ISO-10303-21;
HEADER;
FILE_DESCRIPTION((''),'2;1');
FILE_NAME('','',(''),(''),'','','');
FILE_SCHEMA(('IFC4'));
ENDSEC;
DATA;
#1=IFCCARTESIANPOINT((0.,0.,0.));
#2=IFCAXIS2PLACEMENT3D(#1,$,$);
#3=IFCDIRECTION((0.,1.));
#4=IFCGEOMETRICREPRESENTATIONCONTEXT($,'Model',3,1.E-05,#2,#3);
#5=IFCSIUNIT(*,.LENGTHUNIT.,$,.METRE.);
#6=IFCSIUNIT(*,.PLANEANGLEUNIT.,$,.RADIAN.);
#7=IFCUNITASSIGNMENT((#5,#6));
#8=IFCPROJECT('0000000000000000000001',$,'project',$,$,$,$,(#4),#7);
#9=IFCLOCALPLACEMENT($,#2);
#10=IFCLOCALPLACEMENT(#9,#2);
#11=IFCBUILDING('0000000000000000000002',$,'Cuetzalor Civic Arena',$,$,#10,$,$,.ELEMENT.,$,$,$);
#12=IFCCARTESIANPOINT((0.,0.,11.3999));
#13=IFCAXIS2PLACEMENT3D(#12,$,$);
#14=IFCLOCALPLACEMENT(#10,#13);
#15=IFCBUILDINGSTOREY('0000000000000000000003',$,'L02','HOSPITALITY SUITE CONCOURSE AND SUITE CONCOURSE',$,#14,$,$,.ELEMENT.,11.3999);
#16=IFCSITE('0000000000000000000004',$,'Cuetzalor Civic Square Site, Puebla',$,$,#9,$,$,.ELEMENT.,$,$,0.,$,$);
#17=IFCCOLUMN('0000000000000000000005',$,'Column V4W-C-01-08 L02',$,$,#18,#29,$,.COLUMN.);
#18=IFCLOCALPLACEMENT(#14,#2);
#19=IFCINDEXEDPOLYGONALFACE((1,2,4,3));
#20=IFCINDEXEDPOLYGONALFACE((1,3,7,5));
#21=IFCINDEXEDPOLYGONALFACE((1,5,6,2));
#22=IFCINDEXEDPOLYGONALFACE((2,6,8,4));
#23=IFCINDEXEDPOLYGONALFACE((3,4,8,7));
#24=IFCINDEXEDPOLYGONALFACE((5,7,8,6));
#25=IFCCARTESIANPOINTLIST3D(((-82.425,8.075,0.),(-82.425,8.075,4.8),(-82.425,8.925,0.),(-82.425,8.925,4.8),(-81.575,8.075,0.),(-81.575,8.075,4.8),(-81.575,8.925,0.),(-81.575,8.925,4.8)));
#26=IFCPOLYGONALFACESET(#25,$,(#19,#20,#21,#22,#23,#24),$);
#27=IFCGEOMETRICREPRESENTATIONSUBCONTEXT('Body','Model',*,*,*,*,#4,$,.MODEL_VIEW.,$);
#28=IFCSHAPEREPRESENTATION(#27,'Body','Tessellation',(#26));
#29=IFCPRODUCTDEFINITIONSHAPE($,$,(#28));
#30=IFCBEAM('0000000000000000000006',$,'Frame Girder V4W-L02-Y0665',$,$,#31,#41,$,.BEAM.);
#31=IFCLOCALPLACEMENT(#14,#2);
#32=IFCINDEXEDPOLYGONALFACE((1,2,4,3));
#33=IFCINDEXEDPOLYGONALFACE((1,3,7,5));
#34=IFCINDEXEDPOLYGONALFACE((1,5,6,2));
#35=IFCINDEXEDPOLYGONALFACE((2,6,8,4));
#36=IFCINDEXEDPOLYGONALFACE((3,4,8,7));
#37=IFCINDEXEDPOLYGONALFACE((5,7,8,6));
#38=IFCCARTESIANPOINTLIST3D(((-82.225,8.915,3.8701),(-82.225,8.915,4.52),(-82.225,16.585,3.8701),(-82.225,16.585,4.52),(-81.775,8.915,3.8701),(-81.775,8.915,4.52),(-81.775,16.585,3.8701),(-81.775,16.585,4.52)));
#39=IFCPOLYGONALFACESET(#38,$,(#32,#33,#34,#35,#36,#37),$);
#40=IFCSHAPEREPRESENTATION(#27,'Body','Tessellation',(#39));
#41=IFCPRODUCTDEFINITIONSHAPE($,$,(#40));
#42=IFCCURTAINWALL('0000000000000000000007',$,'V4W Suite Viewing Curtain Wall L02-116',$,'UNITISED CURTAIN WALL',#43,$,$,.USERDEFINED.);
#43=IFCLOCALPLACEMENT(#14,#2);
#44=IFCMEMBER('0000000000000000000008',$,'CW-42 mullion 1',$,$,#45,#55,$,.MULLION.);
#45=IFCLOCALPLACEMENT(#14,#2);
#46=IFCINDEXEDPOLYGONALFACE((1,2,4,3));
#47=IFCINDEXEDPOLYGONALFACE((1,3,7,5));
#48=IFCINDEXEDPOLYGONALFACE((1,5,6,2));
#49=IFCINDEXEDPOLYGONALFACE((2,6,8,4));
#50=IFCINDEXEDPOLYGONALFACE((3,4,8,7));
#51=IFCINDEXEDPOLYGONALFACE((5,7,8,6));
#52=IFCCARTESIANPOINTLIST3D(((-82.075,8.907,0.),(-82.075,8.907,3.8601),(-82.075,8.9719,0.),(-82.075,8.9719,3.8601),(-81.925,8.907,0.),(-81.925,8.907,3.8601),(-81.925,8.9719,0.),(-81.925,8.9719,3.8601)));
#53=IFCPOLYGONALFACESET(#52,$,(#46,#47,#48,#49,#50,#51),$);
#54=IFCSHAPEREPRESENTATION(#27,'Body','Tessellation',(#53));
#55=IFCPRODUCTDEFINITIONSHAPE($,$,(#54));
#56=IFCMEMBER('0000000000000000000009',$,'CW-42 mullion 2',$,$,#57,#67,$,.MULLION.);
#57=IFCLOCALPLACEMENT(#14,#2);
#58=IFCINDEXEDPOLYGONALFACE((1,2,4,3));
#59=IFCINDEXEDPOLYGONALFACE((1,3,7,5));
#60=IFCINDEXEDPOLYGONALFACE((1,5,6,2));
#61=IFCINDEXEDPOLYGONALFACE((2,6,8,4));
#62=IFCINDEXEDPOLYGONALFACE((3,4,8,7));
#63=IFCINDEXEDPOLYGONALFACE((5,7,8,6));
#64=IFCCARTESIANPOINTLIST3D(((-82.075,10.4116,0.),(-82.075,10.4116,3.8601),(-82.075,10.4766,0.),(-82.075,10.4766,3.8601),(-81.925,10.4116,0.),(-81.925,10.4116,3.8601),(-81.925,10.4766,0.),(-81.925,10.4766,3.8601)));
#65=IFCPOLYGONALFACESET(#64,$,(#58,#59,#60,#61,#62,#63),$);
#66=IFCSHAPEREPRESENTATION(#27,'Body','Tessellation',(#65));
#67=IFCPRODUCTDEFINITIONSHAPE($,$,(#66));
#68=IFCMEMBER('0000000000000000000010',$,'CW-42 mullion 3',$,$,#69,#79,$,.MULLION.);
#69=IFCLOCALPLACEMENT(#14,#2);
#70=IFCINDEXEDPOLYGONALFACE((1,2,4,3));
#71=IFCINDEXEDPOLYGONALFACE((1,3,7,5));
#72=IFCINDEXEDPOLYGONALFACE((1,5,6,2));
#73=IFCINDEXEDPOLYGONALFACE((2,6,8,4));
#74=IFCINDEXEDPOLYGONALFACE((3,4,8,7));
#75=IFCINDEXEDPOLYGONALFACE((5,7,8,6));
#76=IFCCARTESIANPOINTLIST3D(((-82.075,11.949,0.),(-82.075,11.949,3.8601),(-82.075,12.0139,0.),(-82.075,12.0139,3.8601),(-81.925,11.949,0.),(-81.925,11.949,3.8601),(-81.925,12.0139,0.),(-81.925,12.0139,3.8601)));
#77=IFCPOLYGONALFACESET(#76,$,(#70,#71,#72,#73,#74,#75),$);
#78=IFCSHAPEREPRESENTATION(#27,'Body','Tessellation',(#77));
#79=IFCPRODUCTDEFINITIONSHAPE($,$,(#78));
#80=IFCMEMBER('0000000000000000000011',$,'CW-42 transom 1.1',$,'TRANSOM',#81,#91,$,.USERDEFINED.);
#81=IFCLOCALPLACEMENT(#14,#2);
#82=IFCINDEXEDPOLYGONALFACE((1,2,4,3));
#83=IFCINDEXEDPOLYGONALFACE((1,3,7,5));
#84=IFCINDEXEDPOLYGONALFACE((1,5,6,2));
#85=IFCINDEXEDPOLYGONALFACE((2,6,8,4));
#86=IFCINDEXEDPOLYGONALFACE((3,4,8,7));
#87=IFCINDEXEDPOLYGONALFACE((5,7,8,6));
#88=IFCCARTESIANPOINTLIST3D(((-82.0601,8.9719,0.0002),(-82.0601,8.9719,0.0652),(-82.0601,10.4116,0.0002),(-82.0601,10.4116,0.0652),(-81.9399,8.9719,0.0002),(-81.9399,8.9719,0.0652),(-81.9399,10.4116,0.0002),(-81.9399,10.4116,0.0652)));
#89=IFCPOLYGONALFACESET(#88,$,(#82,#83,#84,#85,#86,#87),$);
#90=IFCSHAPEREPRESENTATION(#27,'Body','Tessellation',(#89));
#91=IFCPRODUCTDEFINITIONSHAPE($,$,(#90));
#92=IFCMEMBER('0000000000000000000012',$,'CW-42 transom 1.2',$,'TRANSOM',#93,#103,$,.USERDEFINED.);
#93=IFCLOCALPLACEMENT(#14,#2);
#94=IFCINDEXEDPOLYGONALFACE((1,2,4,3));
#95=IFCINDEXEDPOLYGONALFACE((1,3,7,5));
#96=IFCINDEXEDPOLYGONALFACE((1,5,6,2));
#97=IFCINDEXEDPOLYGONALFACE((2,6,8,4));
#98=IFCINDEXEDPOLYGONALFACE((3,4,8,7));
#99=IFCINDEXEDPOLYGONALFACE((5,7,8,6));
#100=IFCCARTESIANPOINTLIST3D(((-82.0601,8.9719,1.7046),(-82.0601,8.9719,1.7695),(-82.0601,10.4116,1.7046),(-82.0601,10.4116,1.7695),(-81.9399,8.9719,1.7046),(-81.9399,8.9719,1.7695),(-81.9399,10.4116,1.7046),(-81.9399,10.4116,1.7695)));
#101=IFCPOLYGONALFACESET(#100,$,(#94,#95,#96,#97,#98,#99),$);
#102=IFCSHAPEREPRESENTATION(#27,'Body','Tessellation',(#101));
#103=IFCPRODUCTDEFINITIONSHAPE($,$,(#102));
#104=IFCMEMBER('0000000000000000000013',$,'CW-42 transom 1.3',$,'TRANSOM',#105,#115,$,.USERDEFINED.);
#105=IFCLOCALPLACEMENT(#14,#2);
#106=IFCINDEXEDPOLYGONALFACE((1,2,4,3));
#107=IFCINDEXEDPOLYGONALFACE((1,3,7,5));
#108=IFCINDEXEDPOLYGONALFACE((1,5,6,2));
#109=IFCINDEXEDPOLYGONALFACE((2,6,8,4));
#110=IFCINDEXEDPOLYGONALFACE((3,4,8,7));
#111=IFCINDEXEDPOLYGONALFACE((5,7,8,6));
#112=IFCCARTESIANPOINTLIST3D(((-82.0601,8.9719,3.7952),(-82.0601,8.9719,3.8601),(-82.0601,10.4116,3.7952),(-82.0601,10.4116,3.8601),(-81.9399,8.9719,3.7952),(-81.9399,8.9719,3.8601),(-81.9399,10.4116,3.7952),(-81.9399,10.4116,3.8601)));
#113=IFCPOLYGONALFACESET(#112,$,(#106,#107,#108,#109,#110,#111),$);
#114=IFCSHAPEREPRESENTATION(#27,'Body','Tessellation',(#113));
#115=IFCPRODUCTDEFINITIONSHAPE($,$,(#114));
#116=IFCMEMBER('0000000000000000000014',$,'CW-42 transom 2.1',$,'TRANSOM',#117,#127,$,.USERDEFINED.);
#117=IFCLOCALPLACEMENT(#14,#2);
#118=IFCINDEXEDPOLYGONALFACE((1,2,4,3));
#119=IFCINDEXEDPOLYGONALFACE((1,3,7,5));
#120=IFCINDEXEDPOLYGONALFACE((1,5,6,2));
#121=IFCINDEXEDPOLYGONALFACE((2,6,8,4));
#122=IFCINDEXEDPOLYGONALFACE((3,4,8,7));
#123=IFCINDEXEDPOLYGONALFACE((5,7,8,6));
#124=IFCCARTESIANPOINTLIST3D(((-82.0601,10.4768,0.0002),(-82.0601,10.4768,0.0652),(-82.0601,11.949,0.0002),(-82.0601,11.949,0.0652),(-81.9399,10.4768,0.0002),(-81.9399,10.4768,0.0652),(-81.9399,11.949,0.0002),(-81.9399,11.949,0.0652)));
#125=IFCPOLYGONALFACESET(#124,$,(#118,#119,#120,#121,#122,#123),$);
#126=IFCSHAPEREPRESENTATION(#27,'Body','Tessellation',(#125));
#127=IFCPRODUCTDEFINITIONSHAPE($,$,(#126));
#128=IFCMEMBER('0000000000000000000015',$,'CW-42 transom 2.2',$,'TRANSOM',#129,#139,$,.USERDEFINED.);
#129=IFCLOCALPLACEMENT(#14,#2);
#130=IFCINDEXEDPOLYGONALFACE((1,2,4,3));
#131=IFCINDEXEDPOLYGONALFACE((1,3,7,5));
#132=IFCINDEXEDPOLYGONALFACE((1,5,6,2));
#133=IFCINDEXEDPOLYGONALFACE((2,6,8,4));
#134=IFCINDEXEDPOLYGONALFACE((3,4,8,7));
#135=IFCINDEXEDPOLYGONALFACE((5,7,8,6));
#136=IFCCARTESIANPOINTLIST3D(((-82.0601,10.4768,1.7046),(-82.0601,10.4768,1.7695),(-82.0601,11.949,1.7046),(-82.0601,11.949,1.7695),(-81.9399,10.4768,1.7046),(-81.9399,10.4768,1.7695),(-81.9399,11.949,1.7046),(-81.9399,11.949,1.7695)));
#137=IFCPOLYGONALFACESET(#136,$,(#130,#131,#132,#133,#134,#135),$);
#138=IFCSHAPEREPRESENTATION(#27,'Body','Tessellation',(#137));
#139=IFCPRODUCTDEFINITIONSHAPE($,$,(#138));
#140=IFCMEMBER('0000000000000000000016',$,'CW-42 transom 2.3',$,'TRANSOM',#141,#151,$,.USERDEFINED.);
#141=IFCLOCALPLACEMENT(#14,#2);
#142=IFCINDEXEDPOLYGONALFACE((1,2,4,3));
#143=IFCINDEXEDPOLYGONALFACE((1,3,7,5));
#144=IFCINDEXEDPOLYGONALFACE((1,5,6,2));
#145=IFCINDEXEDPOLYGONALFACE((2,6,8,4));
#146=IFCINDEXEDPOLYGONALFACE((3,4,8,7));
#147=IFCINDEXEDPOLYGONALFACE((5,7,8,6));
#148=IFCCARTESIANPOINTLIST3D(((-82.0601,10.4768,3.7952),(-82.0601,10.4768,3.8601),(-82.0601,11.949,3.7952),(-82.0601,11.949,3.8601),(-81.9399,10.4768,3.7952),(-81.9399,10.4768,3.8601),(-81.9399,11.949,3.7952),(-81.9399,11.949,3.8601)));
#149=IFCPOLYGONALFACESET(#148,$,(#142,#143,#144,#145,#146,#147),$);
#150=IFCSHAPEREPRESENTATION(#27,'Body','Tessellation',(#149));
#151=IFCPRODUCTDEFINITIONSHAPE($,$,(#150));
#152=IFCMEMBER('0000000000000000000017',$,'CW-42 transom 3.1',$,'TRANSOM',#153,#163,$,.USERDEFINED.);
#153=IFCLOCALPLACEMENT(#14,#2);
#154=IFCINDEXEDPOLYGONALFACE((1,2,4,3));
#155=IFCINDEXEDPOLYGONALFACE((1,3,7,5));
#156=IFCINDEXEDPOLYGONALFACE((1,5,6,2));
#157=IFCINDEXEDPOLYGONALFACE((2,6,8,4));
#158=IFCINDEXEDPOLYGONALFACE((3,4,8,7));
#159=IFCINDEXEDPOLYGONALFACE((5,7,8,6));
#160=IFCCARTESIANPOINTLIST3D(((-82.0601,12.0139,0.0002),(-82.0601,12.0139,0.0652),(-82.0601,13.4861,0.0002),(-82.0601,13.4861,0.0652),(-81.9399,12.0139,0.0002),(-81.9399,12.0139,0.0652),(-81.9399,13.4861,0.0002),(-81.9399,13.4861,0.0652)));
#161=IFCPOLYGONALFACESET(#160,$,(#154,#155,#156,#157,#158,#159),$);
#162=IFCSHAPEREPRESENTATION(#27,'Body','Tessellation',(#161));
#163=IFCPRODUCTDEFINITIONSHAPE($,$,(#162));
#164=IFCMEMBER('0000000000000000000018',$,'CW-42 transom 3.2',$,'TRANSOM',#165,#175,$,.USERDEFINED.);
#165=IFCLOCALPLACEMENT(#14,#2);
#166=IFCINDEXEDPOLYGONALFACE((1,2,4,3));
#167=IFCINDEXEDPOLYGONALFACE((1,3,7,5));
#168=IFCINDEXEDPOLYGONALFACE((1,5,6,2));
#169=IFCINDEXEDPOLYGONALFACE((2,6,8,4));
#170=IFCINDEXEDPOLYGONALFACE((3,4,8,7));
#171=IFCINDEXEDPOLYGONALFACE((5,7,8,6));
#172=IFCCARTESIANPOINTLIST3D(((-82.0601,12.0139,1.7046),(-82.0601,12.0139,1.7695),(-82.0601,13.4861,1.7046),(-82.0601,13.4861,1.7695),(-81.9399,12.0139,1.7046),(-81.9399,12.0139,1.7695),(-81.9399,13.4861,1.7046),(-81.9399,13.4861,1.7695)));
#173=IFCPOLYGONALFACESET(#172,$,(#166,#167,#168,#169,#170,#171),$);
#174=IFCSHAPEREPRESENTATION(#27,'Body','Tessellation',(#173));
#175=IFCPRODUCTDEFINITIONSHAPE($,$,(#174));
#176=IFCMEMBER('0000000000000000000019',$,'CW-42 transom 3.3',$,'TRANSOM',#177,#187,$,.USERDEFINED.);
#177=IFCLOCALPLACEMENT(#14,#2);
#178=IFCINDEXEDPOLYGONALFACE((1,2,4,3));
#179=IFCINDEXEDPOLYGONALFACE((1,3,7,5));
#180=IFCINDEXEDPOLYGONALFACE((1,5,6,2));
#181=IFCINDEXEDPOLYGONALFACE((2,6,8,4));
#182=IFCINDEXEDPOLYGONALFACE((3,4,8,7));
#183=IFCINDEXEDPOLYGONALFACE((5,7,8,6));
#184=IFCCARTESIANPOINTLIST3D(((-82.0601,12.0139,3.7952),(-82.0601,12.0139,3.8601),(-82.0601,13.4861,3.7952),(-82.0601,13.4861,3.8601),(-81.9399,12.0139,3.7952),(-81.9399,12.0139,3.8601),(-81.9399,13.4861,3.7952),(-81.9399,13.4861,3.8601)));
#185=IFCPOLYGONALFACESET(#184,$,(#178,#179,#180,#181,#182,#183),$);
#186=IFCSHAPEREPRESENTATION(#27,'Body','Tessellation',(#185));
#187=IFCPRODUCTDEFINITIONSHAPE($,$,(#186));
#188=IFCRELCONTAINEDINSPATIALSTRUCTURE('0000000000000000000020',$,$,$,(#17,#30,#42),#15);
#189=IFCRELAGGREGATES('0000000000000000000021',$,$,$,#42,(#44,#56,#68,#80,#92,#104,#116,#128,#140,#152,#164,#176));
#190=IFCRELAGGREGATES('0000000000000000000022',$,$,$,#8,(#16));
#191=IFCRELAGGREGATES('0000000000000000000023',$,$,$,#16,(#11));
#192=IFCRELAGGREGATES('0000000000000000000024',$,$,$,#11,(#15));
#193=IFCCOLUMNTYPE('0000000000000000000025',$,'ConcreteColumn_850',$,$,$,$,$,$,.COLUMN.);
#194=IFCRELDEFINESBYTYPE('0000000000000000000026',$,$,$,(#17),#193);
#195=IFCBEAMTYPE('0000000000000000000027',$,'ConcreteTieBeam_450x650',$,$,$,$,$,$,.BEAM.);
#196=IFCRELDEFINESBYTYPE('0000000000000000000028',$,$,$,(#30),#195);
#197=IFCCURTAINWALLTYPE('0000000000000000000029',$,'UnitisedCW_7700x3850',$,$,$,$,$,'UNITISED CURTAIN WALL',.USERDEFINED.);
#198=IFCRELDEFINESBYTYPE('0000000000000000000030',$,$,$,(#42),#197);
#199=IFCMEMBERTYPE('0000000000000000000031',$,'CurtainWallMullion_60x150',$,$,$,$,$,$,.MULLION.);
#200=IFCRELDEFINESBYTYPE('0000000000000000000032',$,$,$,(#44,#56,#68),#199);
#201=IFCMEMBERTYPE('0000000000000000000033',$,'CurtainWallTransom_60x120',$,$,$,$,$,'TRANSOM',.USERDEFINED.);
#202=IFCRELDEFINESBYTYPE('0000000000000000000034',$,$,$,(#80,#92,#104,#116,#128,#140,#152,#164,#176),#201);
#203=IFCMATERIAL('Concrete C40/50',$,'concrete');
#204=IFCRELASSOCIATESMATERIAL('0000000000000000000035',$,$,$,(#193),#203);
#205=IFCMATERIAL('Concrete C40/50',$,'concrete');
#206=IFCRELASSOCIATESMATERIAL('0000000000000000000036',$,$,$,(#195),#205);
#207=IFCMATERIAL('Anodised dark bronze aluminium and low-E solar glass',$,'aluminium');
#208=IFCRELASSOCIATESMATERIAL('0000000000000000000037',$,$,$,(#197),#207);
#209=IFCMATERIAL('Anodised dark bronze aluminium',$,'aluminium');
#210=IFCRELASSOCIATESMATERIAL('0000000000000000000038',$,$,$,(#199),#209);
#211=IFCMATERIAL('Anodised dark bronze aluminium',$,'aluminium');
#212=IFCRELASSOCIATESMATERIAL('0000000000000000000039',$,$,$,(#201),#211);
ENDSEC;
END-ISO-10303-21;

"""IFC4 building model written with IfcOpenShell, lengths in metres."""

from ifc_helpers import new_model, si_unit, direction, frame, origin, origin_2d, place, context, subcontext, project, spatial, rectangle, extrude, material, material_profile, profile_set, type_object, element, aggregate, save


model = new_model("IFC4")

# Units and contexts
model_context = context("Model", 3, precision=1e-05, world=origin(), true_north=direction((0.0, 1.0)))
body_context = subcontext(model_context, "Body", "Model", "MODEL_VIEW")
ifc_project = project(units=[si_unit("LENGTHUNIT", "METRE"), si_unit("PLANEANGLEUNIT", "RADIAN")], contexts=[model_context])

# Site, building, storey
site_placement = place(None, origin())
site = spatial("IfcSite", under=ifc_project, at=site_placement, Name="Cuetzalor Civic Square Site, Puebla", CompositionType="ELEMENT", RefElevation=0.0)
building_placement = place(site_placement, origin())
building = spatial("IfcBuilding", under=site, at=building_placement, Name="Cuetzalor Civic Arena", CompositionType="ELEMENT")
storey_placement = place(building_placement, frame((0.0, 0.0, 11.3999)))
storey = spatial("IfcBuildingStorey", under=building, at=storey_placement, Name="L02", Description="HOSPITALITY SUITE CONCOURSE AND SUITE CONCOURSE", CompositionType="ELEMENT", Elevation=11.3999)

# Column
ifc_material_1 = material(Name="Concrete C40/50", Category="concrete")
ifc_material_profile_1 = material_profile(ifc_material_1, rectangle(XDim=0.8501, YDim=0.8501, at=origin_2d()), Name="RC 850x850")
ifc_profile_set_1 = profile_set([ifc_material_profile_1], Name="Concrete C40/50")
column_type = type_object("IfcColumnType", Name="ConcreteColumn_850", PredefinedType="COLUMN", material=ifc_profile_set_1)
column_placement = place(storey_placement, frame((-82.0, 8.5, 0.0), z_axis=(0.0, 0.0, 1.0), x_axis=(1.0, 0.0, 0.0)))
element("IfcColumn", 1, at=column_placement, inside=storey, type_object=column_type, Name="Column V4W-C-01-08 L02", PredefinedType="COLUMN", context=body_context, shape_type="SweptSolid", body=[
    extrude(rectangle(XDim=0.8501, YDim=0.8501, at=origin_2d()), origin(), (0.0, 0.0, 1.0), 4.8),
])

# Beam
ifc_material_2 = material(Name="Concrete C40/50", Category="concrete")
ifc_material_profile_2 = material_profile(ifc_material_2, rectangle(XDim=0.45, YDim=0.6499, at=origin_2d()), Name="RC 450x650")
ifc_profile_set_2 = profile_set([ifc_material_profile_2], Name="Concrete C40/50")
beam_type = type_object("IfcBeamType", Name="ConcreteTieBeam_450x650", PredefinedType="BEAM", material=ifc_profile_set_2)
beam_placement = place(storey_placement, frame((-82.0, 8.915, 4.1951), z_axis=(0.0, 1.0, 0.0), x_axis=(-1.0, 0.0, 0.0)))
element("IfcBeam", 2, at=beam_placement, inside=storey, type_object=beam_type, Name="Frame Girder V4W-L02-Y0665", PredefinedType="BEAM", context=body_context, shape_type="SweptSolid", body=[
    extrude(rectangle(XDim=0.45, YDim=0.6499, at=origin_2d()), origin(), (0.0, 0.0, 1.0), 7.6699),
])

# Curtain wall, members
ifc_material_3 = material(Name="Anodised dark bronze aluminium and low-E solar glass", Category="aluminium")
curtain_wall_type = type_object("IfcCurtainWallType", Name="UnitisedCW_7700x3850", ElementType="UNITISED CURTAIN WALL", PredefinedType="USERDEFINED", material=ifc_material_3)
curtain_wall_placement = place(storey_placement, origin())
curtain_wall = element("IfcCurtainWall", 3, at=curtain_wall_placement, inside=storey, type_object=curtain_wall_type, Name="V4W Suite Viewing Curtain Wall L02-116", ObjectType="UNITISED CURTAIN WALL", PredefinedType="USERDEFINED")
ifc_material_4 = material(Name="Anodised dark bronze aluminium", Category="aluminium")
ifc_material_profile_3 = material_profile(ifc_material_4, rectangle(XDim=0.0649, YDim=0.1499, at=origin_2d()), Name="ALU MULLION 65x150")
ifc_profile_set_3 = profile_set([ifc_material_profile_3], Name="Anodised dark bronze aluminium")
member_type_1 = type_object("IfcMemberType", Name="CurtainWallMullion_60x150", PredefinedType="MULLION", material=ifc_profile_set_3)
member_1_placement = place(storey_placement, frame((-82.0, 8.9395, 0.0), z_axis=(0.0, 0.0, 1.0), x_axis=(0.0, 1.0, 0.0)))
member_1 = element("IfcMember", 4, at=member_1_placement, type_object=member_type_1, Name="CW-42 mullion 1", PredefinedType="MULLION", context=body_context, shape_type="SweptSolid", body=[
    extrude(rectangle(XDim=0.0649, YDim=0.1499, at=origin_2d()), origin(), (0.0, 0.0, 1.0), 3.8601),
])
member_2_placement = place(storey_placement, frame((-82.0, 10.4441, 0.0), z_axis=(0.0, 0.0, 1.0), x_axis=(0.0, 1.0, 0.0)))
member_2 = element("IfcMember", 5, at=member_2_placement, type_object=member_type_1, Name="CW-42 mullion 2", PredefinedType="MULLION", context=body_context, shape_type="SweptSolid", body=[
    extrude(rectangle(XDim=0.0649, YDim=0.1499, at=origin_2d()), origin(), (0.0, 0.0, 1.0), 3.8601),
])
member_3_placement = place(storey_placement, frame((-82.0, 11.9814, 0.0), z_axis=(0.0, 0.0, 1.0), x_axis=(0.0, 1.0, 0.0)))
member_3 = element("IfcMember", 6, at=member_3_placement, type_object=member_type_1, Name="CW-42 mullion 3", PredefinedType="MULLION", context=body_context, shape_type="SweptSolid", body=[
    extrude(rectangle(XDim=0.0649, YDim=0.1499, at=origin_2d()), origin(), (0.0, 0.0, 1.0), 3.8601),
])
ifc_material_5 = material(Name="Anodised dark bronze aluminium", Category="aluminium")
ifc_material_profile_4 = material_profile(ifc_material_5, rectangle(XDim=0.1201, YDim=0.0649, at=origin_2d()), Name="ALU TRANSOM 65x120")
ifc_profile_set_4 = profile_set([ifc_material_profile_4], Name="Anodised dark bronze aluminium")
member_type_2 = type_object("IfcMemberType", Name="CurtainWallTransom_60x120", ElementType="TRANSOM", PredefinedType="USERDEFINED", material=ifc_profile_set_4)
member_4_placement = place(storey_placement, frame((-82.0, 8.9719, 0.0327), z_axis=(0.0, 1.0, 0.0), x_axis=(-1.0, 0.0, 0.0)))
member_4 = element("IfcMember", 7, at=member_4_placement, type_object=member_type_2, Name="CW-42 transom 1.1", ObjectType="TRANSOM", PredefinedType="USERDEFINED", context=body_context, shape_type="SweptSolid", body=[
    extrude(rectangle(XDim=0.1201, YDim=0.0649, at=origin_2d()), origin(), (0.0, 0.0, 1.0), 1.4397),
])
member_5_placement = place(storey_placement, frame((-82.0, 8.9719, 1.7371), z_axis=(0.0, 1.0, 0.0), x_axis=(-1.0, 0.0, 0.0)))
member_5 = element("IfcMember", 8, at=member_5_placement, type_object=member_type_2, Name="CW-42 transom 1.2", ObjectType="TRANSOM", PredefinedType="USERDEFINED", context=body_context, shape_type="SweptSolid", body=[
    extrude(rectangle(XDim=0.1201, YDim=0.0649, at=origin_2d()), origin(), (0.0, 0.0, 1.0), 1.4397),
])
member_6_placement = place(storey_placement, frame((-82.0, 8.9719, 3.8276), z_axis=(0.0, 1.0, 0.0), x_axis=(-1.0, 0.0, 0.0)))
member_6 = element("IfcMember", 9, at=member_6_placement, type_object=member_type_2, Name="CW-42 transom 1.3", ObjectType="TRANSOM", PredefinedType="USERDEFINED", context=body_context, shape_type="SweptSolid", body=[
    extrude(rectangle(XDim=0.1201, YDim=0.0649, at=origin_2d()), origin(), (0.0, 0.0, 1.0), 1.4397),
])
member_7_placement = place(storey_placement, frame((-82.0, 10.4768, 0.0327), z_axis=(0.0, 1.0, 0.0), x_axis=(-1.0, 0.0, 0.0)))
member_7 = element("IfcMember", 10, at=member_7_placement, type_object=member_type_2, Name="CW-42 transom 2.1", ObjectType="TRANSOM", PredefinedType="USERDEFINED", context=body_context, shape_type="SweptSolid", body=[
    extrude(rectangle(XDim=0.1201, YDim=0.0649, at=origin_2d()), origin(), (0.0, 0.0, 1.0), 1.4722),
])
member_8_placement = place(storey_placement, frame((-82.0, 10.4768, 1.7371), z_axis=(0.0, 1.0, 0.0), x_axis=(-1.0, 0.0, 0.0)))
member_8 = element("IfcMember", 11, at=member_8_placement, type_object=member_type_2, Name="CW-42 transom 2.2", ObjectType="TRANSOM", PredefinedType="USERDEFINED", context=body_context, shape_type="SweptSolid", body=[
    extrude(rectangle(XDim=0.1201, YDim=0.0649, at=origin_2d()), origin(), (0.0, 0.0, 1.0), 1.4722),
])
member_9_placement = place(storey_placement, frame((-82.0, 10.4768, 3.8276), z_axis=(0.0, 1.0, 0.0), x_axis=(-1.0, 0.0, 0.0)))
member_9 = element("IfcMember", 12, at=member_9_placement, type_object=member_type_2, Name="CW-42 transom 2.3", ObjectType="TRANSOM", PredefinedType="USERDEFINED", context=body_context, shape_type="SweptSolid", body=[
    extrude(rectangle(XDim=0.1201, YDim=0.0649, at=origin_2d()), origin(), (0.0, 0.0, 1.0), 1.4722),
])
member_10_placement = place(storey_placement, frame((-82.0, 12.0139, 0.0327), z_axis=(0.0, 1.0, 0.0), x_axis=(-1.0, 0.0, 0.0)))
member_10 = element("IfcMember", 13, at=member_10_placement, type_object=member_type_2, Name="CW-42 transom 3.1", ObjectType="TRANSOM", PredefinedType="USERDEFINED", context=body_context, shape_type="SweptSolid", body=[
    extrude(rectangle(XDim=0.1201, YDim=0.0649, at=origin_2d()), origin(), (0.0, 0.0, 1.0), 1.4722),
])
member_11_placement = place(storey_placement, frame((-82.0, 12.0139, 1.7371), z_axis=(0.0, 1.0, 0.0), x_axis=(-1.0, 0.0, 0.0)))
member_11 = element("IfcMember", 14, at=member_11_placement, type_object=member_type_2, Name="CW-42 transom 3.2", ObjectType="TRANSOM", PredefinedType="USERDEFINED", context=body_context, shape_type="SweptSolid", body=[
    extrude(rectangle(XDim=0.1201, YDim=0.0649, at=origin_2d()), origin(), (0.0, 0.0, 1.0), 1.4722),
])
member_12_placement = place(storey_placement, frame((-82.0, 12.0139, 3.8276), z_axis=(0.0, 1.0, 0.0), x_axis=(-1.0, 0.0, 0.0)))
member_12 = element("IfcMember", 15, at=member_12_placement, type_object=member_type_2, Name="CW-42 transom 3.3", ObjectType="TRANSOM", PredefinedType="USERDEFINED", context=body_context, shape_type="SweptSolid", body=[
    extrude(rectangle(XDim=0.1201, YDim=0.0649, at=origin_2d()), origin(), (0.0, 0.0, 1.0), 1.4722),
])
aggregate(curtain_wall, [member_1, member_2, member_3, member_4, member_5, member_6, member_7, member_8, member_9, member_10, member_11, member_12])

save(model, "model.ifc")
